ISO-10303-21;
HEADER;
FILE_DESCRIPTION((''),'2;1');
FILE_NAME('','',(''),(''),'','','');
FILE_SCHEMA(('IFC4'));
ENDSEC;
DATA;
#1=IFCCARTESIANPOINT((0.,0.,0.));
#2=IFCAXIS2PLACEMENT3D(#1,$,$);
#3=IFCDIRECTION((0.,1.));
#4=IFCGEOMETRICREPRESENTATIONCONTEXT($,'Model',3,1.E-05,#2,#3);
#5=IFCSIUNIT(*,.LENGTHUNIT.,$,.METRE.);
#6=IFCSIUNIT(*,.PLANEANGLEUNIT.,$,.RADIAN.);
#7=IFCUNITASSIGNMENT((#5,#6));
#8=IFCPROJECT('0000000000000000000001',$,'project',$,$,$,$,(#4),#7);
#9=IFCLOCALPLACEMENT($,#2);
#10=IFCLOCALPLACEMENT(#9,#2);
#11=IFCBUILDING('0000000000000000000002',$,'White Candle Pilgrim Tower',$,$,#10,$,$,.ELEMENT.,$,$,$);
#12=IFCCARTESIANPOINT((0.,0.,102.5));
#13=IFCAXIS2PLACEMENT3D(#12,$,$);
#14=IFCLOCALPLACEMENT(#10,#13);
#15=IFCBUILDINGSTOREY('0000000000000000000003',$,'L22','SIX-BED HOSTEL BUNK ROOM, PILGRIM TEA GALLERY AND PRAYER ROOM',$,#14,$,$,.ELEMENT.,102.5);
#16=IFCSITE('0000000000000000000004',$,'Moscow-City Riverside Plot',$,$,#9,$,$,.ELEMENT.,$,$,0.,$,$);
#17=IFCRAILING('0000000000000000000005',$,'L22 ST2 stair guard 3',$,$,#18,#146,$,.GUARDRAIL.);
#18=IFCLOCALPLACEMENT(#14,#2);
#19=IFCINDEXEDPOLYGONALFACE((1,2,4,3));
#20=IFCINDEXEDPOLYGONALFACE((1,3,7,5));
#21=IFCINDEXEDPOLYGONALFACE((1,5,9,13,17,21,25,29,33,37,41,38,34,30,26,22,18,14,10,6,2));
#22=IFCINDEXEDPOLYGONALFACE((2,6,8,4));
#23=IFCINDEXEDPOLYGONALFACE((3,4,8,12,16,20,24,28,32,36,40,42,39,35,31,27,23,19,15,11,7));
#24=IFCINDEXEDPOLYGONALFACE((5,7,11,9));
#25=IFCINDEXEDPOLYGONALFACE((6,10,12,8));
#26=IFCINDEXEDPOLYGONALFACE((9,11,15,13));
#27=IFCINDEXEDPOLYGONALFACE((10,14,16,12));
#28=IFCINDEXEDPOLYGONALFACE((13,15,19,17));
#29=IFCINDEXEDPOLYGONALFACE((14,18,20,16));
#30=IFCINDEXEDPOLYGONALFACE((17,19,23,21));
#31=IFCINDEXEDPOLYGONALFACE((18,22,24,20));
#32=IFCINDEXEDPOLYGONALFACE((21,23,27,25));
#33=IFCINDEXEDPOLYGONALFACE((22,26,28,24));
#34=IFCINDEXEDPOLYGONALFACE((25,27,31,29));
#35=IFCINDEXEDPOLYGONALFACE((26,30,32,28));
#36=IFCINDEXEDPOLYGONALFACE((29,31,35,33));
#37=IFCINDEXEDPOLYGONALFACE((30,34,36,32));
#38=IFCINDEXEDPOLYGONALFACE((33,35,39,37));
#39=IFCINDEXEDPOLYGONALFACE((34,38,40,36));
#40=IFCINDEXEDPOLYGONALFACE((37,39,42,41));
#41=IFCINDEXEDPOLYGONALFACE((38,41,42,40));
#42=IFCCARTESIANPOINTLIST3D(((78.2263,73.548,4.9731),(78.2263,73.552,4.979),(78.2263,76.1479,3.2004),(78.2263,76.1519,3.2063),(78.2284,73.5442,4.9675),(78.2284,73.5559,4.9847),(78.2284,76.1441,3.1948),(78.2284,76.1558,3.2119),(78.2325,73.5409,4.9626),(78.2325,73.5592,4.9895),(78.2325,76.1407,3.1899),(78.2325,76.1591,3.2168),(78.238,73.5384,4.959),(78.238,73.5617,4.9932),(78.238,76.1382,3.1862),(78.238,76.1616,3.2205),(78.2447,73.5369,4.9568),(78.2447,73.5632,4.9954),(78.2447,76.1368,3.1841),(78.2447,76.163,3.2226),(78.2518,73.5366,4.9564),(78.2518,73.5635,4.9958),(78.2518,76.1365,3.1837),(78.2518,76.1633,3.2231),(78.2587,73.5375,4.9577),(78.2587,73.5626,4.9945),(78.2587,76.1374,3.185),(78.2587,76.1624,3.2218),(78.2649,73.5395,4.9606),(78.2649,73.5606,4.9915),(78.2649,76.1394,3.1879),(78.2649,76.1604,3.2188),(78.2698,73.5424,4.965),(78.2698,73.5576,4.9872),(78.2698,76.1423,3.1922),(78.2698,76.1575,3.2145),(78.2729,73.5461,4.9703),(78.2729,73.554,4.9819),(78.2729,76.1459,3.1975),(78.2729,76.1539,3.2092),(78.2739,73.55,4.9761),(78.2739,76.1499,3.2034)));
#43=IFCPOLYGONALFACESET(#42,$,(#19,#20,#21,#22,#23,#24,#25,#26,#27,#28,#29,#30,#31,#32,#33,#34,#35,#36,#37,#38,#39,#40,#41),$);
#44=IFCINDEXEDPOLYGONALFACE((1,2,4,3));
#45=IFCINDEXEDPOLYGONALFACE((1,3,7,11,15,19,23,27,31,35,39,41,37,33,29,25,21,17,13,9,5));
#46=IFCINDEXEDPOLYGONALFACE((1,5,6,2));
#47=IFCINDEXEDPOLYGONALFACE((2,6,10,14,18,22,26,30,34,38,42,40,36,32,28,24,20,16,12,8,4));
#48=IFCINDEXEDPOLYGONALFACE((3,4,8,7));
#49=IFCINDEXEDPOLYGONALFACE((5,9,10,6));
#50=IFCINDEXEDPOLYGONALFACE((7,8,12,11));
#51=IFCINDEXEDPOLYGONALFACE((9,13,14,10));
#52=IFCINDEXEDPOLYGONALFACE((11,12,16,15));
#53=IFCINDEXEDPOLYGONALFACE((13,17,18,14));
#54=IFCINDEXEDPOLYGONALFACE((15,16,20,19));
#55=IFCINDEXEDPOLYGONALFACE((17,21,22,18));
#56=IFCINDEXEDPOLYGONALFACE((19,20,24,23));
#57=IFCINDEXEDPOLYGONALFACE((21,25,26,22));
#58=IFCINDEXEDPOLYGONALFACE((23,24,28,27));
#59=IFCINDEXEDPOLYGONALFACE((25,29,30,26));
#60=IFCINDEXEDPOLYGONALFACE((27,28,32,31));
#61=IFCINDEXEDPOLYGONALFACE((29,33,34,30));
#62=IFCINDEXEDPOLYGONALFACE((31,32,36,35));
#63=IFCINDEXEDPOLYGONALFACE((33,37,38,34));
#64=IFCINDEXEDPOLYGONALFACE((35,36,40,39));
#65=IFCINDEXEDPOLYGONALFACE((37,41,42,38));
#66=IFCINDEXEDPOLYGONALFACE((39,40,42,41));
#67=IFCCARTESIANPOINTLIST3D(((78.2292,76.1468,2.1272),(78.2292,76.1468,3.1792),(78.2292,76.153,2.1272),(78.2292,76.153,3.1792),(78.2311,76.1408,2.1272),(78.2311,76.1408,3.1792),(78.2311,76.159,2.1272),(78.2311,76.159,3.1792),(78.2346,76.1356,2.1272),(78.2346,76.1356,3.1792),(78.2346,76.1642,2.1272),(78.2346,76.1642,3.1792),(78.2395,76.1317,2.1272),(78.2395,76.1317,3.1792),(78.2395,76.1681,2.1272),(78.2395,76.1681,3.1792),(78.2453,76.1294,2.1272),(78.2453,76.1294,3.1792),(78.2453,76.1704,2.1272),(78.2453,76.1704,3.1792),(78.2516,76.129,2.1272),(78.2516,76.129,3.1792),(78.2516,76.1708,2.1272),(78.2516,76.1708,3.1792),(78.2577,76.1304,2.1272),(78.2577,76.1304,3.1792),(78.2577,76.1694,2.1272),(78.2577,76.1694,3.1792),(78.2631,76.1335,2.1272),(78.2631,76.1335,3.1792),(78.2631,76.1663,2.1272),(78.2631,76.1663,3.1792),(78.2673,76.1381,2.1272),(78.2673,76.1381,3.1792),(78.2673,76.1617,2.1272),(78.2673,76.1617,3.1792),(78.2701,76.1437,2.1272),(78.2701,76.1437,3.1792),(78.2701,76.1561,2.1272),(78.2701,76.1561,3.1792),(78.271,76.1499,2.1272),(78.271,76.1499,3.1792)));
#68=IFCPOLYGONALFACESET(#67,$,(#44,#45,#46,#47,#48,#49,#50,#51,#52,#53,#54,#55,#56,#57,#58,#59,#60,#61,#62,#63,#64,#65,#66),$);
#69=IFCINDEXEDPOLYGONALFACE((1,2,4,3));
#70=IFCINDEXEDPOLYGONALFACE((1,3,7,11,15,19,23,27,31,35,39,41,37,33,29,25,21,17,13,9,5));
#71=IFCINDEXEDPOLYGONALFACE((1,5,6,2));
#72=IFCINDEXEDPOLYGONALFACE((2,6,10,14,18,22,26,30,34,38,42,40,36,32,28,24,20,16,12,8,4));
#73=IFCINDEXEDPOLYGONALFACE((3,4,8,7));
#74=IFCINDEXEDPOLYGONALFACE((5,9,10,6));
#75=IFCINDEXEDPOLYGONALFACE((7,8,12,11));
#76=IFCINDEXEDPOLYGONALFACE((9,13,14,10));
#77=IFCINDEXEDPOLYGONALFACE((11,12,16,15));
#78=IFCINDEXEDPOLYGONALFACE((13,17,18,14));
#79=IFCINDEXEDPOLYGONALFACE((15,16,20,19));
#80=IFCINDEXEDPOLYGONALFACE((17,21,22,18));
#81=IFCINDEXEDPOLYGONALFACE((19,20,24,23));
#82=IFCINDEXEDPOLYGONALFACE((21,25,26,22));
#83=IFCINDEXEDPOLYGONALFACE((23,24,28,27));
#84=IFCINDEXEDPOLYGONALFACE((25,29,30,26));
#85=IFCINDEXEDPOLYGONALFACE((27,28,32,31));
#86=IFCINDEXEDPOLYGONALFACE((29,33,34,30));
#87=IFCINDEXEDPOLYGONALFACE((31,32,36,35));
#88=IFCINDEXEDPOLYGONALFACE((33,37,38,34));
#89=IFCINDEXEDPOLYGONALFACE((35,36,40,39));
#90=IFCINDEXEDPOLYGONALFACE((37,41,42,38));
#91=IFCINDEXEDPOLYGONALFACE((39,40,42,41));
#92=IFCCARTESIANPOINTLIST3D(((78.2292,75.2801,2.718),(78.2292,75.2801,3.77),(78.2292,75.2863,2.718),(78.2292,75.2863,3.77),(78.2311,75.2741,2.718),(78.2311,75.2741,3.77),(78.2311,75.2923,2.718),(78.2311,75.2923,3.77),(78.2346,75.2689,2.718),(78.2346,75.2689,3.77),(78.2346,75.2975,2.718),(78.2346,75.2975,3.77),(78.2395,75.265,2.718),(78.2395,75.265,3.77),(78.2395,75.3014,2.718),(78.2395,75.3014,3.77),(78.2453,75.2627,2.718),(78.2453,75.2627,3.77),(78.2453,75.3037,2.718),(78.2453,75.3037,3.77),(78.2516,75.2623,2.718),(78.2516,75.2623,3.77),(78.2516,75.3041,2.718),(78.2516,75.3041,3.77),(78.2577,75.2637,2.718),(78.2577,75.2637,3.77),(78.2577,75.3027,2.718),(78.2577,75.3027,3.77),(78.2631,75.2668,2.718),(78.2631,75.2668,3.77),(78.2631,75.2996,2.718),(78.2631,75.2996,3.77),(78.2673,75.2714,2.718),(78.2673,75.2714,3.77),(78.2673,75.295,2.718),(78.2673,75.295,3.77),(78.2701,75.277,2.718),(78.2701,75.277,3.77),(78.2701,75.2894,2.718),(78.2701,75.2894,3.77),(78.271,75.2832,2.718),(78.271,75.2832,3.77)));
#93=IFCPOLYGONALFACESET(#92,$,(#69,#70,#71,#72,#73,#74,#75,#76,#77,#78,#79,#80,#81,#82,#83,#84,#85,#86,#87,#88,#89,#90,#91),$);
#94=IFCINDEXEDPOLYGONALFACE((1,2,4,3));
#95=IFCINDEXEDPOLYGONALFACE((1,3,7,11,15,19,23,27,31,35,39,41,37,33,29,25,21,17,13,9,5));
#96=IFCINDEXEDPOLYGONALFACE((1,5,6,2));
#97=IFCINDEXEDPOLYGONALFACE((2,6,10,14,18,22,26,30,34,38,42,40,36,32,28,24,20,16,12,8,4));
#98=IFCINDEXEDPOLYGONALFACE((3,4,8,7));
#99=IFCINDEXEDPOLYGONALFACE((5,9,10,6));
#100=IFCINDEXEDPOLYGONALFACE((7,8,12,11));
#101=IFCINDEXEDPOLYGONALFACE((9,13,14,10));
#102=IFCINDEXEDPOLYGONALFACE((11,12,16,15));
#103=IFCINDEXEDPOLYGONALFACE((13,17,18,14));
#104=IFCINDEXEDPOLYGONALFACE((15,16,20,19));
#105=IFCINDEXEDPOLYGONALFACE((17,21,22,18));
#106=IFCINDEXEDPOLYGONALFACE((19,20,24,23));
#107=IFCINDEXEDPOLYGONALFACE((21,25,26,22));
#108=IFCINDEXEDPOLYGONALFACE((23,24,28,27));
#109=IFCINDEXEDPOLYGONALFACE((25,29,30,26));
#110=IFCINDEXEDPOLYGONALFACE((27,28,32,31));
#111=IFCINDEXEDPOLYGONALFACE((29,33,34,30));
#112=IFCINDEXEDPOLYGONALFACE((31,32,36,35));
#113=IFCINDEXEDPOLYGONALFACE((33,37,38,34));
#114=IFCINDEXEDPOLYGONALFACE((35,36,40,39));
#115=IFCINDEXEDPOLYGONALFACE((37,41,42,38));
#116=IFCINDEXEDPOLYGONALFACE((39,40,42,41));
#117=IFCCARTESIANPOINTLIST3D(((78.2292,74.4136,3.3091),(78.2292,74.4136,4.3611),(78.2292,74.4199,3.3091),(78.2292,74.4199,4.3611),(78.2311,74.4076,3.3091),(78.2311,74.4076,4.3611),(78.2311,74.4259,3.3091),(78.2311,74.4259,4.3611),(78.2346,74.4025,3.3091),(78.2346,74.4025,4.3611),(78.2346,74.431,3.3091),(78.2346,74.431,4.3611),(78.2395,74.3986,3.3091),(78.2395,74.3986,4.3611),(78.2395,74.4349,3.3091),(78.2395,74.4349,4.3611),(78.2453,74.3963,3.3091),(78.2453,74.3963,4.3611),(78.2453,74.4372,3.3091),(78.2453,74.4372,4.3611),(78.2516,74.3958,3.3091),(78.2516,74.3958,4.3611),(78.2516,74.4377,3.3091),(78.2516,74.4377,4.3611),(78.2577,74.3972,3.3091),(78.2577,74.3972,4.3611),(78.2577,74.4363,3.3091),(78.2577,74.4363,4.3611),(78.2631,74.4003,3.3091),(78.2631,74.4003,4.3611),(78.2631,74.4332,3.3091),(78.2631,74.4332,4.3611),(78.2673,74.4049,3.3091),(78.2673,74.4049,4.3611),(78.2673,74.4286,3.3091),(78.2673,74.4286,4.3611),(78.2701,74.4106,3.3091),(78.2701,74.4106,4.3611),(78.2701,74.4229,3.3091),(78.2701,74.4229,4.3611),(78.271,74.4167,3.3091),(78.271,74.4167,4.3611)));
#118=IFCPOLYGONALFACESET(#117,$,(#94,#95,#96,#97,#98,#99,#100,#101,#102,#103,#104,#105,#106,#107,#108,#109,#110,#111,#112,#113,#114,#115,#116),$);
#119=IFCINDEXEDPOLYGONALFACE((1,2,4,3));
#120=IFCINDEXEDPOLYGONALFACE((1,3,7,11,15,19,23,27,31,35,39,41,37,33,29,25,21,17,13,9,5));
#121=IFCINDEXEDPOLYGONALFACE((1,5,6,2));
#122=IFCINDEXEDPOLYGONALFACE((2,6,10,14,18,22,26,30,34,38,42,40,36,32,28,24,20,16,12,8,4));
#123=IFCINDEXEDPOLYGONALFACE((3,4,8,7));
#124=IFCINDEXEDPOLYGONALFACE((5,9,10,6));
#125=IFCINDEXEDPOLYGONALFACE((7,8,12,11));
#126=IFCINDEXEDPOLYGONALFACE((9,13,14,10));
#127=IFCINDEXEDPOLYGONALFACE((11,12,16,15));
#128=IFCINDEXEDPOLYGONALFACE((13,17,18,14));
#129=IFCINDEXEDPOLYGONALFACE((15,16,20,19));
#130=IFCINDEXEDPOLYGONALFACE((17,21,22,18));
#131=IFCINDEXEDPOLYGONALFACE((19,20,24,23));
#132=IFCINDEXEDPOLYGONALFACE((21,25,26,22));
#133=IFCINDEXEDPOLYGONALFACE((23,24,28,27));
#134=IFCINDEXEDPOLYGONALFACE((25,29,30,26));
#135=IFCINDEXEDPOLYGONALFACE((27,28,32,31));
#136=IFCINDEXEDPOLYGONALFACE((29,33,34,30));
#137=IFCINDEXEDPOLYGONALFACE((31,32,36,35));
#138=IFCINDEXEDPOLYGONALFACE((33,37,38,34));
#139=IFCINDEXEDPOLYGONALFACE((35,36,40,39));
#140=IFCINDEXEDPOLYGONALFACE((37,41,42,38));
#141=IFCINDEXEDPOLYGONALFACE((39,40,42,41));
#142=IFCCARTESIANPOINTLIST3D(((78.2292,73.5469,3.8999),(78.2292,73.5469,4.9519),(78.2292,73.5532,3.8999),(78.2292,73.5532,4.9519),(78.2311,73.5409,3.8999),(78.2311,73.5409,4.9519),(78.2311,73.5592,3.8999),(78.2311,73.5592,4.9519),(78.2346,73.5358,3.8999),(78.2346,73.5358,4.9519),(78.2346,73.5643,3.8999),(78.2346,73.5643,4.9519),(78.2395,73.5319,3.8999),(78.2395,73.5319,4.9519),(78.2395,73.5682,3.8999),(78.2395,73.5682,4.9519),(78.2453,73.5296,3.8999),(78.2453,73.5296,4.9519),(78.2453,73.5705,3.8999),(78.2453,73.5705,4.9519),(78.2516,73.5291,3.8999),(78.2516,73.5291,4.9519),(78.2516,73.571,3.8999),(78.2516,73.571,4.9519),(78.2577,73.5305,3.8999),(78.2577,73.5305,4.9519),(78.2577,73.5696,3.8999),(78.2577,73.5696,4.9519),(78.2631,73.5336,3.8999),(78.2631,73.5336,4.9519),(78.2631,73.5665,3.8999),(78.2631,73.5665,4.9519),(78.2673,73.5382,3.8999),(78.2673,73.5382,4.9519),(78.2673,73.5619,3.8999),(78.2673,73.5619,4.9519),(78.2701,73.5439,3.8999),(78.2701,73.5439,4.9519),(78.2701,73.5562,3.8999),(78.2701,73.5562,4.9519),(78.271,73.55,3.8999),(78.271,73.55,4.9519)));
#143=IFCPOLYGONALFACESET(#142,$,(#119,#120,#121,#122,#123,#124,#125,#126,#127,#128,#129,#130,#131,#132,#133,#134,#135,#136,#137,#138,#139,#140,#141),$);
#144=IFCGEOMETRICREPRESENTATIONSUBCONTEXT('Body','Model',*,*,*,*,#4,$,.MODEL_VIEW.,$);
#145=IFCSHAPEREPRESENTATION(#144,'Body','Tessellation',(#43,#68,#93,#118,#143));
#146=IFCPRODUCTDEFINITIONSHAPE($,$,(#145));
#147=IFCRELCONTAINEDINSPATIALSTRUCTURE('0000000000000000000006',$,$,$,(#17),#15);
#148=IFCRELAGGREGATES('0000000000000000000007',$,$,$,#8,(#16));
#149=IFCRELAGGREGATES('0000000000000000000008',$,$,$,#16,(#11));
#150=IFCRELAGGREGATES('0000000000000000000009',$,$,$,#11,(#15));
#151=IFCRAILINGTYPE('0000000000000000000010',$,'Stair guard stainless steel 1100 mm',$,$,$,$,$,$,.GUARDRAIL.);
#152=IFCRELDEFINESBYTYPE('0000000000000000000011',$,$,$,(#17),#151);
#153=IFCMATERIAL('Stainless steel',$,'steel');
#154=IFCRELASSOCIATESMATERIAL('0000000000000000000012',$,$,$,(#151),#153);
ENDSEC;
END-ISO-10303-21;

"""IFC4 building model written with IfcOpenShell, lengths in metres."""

from ifc_helpers import new_model, si_unit, direction, frame, origin, origin_2d, place, context, subcontext, project, spatial, circle, extrude, material, type_object, element, save


model = new_model("IFC4")

# Units and contexts
model_context = context("Model", 3, precision=1e-05, world=origin(), true_north=direction((0.0, 1.0)))
body_context = subcontext(model_context, "Body", "Model", "MODEL_VIEW")
ifc_project = project(units=[si_unit("LENGTHUNIT", "METRE"), si_unit("PLANEANGLEUNIT", "RADIAN")], contexts=[model_context])

# Site, building, storey
site_placement = place(None, origin())
site = spatial("IfcSite", under=ifc_project, at=site_placement, Name="Moscow-City Riverside Plot", CompositionType="ELEMENT", RefElevation=0.0)
building_placement = place(site_placement, origin())
building = spatial("IfcBuilding", under=site, at=building_placement, Name="White Candle Pilgrim Tower", CompositionType="ELEMENT")
storey_placement = place(building_placement, frame((0.0, 0.0, 102.5)))
storey = spatial("IfcBuildingStorey", under=building, at=storey_placement, Name="L22", Description="SIX-BED HOSTEL BUNK ROOM, PILGRIM TEA GALLERY AND PRAYER ROOM", CompositionType="ELEMENT", Elevation=102.5)

# Railing
ifc_material_1 = material(Name="Stainless steel", Category="steel")
railing_type = type_object("IfcRailingType", Name="Stair guard stainless steel 1100 mm", PredefinedType="GUARDRAIL", material=ifc_material_1)
railing_1_placement = place(storey_placement, frame((78.25, 76.1499, 2.1272)))
element("IfcRailing", 1, at=railing_1_placement, inside=storey, type_object=railing_type, Name="L22 ST2 stair guard 3", PredefinedType="GUARDRAIL", context=body_context, shape_type="SweptSolid", body=[
    extrude(circle(Radius=0.0239, at=origin_2d()), frame((0.0, 0.0, 1.0762), z_axis=(0.0, -0.826216, 0.563354), x_axis=(1.0, 0.0, 0.0)), (0.0, 0.0, 1.0), 3.1467),
    extrude(circle(Radius=0.021, at=origin_2d()), origin(), (0.0, 0.0, 1.0), 1.052),
    extrude(circle(Radius=0.021, at=origin_2d()), frame((0.0, -0.8667, 0.5908)), (0.0, 0.0, 1.0), 1.052),
    extrude(circle(Radius=0.021, at=origin_2d()), frame((0.0, -1.7332, 1.1819)), (0.0, 0.0, 1.0), 1.052),
    extrude(circle(Radius=0.021, at=origin_2d()), frame((0.0, -2.5999, 1.7727)), (0.0, 0.0, 1.0), 1.052),
])

save(model, "model.ifc")
